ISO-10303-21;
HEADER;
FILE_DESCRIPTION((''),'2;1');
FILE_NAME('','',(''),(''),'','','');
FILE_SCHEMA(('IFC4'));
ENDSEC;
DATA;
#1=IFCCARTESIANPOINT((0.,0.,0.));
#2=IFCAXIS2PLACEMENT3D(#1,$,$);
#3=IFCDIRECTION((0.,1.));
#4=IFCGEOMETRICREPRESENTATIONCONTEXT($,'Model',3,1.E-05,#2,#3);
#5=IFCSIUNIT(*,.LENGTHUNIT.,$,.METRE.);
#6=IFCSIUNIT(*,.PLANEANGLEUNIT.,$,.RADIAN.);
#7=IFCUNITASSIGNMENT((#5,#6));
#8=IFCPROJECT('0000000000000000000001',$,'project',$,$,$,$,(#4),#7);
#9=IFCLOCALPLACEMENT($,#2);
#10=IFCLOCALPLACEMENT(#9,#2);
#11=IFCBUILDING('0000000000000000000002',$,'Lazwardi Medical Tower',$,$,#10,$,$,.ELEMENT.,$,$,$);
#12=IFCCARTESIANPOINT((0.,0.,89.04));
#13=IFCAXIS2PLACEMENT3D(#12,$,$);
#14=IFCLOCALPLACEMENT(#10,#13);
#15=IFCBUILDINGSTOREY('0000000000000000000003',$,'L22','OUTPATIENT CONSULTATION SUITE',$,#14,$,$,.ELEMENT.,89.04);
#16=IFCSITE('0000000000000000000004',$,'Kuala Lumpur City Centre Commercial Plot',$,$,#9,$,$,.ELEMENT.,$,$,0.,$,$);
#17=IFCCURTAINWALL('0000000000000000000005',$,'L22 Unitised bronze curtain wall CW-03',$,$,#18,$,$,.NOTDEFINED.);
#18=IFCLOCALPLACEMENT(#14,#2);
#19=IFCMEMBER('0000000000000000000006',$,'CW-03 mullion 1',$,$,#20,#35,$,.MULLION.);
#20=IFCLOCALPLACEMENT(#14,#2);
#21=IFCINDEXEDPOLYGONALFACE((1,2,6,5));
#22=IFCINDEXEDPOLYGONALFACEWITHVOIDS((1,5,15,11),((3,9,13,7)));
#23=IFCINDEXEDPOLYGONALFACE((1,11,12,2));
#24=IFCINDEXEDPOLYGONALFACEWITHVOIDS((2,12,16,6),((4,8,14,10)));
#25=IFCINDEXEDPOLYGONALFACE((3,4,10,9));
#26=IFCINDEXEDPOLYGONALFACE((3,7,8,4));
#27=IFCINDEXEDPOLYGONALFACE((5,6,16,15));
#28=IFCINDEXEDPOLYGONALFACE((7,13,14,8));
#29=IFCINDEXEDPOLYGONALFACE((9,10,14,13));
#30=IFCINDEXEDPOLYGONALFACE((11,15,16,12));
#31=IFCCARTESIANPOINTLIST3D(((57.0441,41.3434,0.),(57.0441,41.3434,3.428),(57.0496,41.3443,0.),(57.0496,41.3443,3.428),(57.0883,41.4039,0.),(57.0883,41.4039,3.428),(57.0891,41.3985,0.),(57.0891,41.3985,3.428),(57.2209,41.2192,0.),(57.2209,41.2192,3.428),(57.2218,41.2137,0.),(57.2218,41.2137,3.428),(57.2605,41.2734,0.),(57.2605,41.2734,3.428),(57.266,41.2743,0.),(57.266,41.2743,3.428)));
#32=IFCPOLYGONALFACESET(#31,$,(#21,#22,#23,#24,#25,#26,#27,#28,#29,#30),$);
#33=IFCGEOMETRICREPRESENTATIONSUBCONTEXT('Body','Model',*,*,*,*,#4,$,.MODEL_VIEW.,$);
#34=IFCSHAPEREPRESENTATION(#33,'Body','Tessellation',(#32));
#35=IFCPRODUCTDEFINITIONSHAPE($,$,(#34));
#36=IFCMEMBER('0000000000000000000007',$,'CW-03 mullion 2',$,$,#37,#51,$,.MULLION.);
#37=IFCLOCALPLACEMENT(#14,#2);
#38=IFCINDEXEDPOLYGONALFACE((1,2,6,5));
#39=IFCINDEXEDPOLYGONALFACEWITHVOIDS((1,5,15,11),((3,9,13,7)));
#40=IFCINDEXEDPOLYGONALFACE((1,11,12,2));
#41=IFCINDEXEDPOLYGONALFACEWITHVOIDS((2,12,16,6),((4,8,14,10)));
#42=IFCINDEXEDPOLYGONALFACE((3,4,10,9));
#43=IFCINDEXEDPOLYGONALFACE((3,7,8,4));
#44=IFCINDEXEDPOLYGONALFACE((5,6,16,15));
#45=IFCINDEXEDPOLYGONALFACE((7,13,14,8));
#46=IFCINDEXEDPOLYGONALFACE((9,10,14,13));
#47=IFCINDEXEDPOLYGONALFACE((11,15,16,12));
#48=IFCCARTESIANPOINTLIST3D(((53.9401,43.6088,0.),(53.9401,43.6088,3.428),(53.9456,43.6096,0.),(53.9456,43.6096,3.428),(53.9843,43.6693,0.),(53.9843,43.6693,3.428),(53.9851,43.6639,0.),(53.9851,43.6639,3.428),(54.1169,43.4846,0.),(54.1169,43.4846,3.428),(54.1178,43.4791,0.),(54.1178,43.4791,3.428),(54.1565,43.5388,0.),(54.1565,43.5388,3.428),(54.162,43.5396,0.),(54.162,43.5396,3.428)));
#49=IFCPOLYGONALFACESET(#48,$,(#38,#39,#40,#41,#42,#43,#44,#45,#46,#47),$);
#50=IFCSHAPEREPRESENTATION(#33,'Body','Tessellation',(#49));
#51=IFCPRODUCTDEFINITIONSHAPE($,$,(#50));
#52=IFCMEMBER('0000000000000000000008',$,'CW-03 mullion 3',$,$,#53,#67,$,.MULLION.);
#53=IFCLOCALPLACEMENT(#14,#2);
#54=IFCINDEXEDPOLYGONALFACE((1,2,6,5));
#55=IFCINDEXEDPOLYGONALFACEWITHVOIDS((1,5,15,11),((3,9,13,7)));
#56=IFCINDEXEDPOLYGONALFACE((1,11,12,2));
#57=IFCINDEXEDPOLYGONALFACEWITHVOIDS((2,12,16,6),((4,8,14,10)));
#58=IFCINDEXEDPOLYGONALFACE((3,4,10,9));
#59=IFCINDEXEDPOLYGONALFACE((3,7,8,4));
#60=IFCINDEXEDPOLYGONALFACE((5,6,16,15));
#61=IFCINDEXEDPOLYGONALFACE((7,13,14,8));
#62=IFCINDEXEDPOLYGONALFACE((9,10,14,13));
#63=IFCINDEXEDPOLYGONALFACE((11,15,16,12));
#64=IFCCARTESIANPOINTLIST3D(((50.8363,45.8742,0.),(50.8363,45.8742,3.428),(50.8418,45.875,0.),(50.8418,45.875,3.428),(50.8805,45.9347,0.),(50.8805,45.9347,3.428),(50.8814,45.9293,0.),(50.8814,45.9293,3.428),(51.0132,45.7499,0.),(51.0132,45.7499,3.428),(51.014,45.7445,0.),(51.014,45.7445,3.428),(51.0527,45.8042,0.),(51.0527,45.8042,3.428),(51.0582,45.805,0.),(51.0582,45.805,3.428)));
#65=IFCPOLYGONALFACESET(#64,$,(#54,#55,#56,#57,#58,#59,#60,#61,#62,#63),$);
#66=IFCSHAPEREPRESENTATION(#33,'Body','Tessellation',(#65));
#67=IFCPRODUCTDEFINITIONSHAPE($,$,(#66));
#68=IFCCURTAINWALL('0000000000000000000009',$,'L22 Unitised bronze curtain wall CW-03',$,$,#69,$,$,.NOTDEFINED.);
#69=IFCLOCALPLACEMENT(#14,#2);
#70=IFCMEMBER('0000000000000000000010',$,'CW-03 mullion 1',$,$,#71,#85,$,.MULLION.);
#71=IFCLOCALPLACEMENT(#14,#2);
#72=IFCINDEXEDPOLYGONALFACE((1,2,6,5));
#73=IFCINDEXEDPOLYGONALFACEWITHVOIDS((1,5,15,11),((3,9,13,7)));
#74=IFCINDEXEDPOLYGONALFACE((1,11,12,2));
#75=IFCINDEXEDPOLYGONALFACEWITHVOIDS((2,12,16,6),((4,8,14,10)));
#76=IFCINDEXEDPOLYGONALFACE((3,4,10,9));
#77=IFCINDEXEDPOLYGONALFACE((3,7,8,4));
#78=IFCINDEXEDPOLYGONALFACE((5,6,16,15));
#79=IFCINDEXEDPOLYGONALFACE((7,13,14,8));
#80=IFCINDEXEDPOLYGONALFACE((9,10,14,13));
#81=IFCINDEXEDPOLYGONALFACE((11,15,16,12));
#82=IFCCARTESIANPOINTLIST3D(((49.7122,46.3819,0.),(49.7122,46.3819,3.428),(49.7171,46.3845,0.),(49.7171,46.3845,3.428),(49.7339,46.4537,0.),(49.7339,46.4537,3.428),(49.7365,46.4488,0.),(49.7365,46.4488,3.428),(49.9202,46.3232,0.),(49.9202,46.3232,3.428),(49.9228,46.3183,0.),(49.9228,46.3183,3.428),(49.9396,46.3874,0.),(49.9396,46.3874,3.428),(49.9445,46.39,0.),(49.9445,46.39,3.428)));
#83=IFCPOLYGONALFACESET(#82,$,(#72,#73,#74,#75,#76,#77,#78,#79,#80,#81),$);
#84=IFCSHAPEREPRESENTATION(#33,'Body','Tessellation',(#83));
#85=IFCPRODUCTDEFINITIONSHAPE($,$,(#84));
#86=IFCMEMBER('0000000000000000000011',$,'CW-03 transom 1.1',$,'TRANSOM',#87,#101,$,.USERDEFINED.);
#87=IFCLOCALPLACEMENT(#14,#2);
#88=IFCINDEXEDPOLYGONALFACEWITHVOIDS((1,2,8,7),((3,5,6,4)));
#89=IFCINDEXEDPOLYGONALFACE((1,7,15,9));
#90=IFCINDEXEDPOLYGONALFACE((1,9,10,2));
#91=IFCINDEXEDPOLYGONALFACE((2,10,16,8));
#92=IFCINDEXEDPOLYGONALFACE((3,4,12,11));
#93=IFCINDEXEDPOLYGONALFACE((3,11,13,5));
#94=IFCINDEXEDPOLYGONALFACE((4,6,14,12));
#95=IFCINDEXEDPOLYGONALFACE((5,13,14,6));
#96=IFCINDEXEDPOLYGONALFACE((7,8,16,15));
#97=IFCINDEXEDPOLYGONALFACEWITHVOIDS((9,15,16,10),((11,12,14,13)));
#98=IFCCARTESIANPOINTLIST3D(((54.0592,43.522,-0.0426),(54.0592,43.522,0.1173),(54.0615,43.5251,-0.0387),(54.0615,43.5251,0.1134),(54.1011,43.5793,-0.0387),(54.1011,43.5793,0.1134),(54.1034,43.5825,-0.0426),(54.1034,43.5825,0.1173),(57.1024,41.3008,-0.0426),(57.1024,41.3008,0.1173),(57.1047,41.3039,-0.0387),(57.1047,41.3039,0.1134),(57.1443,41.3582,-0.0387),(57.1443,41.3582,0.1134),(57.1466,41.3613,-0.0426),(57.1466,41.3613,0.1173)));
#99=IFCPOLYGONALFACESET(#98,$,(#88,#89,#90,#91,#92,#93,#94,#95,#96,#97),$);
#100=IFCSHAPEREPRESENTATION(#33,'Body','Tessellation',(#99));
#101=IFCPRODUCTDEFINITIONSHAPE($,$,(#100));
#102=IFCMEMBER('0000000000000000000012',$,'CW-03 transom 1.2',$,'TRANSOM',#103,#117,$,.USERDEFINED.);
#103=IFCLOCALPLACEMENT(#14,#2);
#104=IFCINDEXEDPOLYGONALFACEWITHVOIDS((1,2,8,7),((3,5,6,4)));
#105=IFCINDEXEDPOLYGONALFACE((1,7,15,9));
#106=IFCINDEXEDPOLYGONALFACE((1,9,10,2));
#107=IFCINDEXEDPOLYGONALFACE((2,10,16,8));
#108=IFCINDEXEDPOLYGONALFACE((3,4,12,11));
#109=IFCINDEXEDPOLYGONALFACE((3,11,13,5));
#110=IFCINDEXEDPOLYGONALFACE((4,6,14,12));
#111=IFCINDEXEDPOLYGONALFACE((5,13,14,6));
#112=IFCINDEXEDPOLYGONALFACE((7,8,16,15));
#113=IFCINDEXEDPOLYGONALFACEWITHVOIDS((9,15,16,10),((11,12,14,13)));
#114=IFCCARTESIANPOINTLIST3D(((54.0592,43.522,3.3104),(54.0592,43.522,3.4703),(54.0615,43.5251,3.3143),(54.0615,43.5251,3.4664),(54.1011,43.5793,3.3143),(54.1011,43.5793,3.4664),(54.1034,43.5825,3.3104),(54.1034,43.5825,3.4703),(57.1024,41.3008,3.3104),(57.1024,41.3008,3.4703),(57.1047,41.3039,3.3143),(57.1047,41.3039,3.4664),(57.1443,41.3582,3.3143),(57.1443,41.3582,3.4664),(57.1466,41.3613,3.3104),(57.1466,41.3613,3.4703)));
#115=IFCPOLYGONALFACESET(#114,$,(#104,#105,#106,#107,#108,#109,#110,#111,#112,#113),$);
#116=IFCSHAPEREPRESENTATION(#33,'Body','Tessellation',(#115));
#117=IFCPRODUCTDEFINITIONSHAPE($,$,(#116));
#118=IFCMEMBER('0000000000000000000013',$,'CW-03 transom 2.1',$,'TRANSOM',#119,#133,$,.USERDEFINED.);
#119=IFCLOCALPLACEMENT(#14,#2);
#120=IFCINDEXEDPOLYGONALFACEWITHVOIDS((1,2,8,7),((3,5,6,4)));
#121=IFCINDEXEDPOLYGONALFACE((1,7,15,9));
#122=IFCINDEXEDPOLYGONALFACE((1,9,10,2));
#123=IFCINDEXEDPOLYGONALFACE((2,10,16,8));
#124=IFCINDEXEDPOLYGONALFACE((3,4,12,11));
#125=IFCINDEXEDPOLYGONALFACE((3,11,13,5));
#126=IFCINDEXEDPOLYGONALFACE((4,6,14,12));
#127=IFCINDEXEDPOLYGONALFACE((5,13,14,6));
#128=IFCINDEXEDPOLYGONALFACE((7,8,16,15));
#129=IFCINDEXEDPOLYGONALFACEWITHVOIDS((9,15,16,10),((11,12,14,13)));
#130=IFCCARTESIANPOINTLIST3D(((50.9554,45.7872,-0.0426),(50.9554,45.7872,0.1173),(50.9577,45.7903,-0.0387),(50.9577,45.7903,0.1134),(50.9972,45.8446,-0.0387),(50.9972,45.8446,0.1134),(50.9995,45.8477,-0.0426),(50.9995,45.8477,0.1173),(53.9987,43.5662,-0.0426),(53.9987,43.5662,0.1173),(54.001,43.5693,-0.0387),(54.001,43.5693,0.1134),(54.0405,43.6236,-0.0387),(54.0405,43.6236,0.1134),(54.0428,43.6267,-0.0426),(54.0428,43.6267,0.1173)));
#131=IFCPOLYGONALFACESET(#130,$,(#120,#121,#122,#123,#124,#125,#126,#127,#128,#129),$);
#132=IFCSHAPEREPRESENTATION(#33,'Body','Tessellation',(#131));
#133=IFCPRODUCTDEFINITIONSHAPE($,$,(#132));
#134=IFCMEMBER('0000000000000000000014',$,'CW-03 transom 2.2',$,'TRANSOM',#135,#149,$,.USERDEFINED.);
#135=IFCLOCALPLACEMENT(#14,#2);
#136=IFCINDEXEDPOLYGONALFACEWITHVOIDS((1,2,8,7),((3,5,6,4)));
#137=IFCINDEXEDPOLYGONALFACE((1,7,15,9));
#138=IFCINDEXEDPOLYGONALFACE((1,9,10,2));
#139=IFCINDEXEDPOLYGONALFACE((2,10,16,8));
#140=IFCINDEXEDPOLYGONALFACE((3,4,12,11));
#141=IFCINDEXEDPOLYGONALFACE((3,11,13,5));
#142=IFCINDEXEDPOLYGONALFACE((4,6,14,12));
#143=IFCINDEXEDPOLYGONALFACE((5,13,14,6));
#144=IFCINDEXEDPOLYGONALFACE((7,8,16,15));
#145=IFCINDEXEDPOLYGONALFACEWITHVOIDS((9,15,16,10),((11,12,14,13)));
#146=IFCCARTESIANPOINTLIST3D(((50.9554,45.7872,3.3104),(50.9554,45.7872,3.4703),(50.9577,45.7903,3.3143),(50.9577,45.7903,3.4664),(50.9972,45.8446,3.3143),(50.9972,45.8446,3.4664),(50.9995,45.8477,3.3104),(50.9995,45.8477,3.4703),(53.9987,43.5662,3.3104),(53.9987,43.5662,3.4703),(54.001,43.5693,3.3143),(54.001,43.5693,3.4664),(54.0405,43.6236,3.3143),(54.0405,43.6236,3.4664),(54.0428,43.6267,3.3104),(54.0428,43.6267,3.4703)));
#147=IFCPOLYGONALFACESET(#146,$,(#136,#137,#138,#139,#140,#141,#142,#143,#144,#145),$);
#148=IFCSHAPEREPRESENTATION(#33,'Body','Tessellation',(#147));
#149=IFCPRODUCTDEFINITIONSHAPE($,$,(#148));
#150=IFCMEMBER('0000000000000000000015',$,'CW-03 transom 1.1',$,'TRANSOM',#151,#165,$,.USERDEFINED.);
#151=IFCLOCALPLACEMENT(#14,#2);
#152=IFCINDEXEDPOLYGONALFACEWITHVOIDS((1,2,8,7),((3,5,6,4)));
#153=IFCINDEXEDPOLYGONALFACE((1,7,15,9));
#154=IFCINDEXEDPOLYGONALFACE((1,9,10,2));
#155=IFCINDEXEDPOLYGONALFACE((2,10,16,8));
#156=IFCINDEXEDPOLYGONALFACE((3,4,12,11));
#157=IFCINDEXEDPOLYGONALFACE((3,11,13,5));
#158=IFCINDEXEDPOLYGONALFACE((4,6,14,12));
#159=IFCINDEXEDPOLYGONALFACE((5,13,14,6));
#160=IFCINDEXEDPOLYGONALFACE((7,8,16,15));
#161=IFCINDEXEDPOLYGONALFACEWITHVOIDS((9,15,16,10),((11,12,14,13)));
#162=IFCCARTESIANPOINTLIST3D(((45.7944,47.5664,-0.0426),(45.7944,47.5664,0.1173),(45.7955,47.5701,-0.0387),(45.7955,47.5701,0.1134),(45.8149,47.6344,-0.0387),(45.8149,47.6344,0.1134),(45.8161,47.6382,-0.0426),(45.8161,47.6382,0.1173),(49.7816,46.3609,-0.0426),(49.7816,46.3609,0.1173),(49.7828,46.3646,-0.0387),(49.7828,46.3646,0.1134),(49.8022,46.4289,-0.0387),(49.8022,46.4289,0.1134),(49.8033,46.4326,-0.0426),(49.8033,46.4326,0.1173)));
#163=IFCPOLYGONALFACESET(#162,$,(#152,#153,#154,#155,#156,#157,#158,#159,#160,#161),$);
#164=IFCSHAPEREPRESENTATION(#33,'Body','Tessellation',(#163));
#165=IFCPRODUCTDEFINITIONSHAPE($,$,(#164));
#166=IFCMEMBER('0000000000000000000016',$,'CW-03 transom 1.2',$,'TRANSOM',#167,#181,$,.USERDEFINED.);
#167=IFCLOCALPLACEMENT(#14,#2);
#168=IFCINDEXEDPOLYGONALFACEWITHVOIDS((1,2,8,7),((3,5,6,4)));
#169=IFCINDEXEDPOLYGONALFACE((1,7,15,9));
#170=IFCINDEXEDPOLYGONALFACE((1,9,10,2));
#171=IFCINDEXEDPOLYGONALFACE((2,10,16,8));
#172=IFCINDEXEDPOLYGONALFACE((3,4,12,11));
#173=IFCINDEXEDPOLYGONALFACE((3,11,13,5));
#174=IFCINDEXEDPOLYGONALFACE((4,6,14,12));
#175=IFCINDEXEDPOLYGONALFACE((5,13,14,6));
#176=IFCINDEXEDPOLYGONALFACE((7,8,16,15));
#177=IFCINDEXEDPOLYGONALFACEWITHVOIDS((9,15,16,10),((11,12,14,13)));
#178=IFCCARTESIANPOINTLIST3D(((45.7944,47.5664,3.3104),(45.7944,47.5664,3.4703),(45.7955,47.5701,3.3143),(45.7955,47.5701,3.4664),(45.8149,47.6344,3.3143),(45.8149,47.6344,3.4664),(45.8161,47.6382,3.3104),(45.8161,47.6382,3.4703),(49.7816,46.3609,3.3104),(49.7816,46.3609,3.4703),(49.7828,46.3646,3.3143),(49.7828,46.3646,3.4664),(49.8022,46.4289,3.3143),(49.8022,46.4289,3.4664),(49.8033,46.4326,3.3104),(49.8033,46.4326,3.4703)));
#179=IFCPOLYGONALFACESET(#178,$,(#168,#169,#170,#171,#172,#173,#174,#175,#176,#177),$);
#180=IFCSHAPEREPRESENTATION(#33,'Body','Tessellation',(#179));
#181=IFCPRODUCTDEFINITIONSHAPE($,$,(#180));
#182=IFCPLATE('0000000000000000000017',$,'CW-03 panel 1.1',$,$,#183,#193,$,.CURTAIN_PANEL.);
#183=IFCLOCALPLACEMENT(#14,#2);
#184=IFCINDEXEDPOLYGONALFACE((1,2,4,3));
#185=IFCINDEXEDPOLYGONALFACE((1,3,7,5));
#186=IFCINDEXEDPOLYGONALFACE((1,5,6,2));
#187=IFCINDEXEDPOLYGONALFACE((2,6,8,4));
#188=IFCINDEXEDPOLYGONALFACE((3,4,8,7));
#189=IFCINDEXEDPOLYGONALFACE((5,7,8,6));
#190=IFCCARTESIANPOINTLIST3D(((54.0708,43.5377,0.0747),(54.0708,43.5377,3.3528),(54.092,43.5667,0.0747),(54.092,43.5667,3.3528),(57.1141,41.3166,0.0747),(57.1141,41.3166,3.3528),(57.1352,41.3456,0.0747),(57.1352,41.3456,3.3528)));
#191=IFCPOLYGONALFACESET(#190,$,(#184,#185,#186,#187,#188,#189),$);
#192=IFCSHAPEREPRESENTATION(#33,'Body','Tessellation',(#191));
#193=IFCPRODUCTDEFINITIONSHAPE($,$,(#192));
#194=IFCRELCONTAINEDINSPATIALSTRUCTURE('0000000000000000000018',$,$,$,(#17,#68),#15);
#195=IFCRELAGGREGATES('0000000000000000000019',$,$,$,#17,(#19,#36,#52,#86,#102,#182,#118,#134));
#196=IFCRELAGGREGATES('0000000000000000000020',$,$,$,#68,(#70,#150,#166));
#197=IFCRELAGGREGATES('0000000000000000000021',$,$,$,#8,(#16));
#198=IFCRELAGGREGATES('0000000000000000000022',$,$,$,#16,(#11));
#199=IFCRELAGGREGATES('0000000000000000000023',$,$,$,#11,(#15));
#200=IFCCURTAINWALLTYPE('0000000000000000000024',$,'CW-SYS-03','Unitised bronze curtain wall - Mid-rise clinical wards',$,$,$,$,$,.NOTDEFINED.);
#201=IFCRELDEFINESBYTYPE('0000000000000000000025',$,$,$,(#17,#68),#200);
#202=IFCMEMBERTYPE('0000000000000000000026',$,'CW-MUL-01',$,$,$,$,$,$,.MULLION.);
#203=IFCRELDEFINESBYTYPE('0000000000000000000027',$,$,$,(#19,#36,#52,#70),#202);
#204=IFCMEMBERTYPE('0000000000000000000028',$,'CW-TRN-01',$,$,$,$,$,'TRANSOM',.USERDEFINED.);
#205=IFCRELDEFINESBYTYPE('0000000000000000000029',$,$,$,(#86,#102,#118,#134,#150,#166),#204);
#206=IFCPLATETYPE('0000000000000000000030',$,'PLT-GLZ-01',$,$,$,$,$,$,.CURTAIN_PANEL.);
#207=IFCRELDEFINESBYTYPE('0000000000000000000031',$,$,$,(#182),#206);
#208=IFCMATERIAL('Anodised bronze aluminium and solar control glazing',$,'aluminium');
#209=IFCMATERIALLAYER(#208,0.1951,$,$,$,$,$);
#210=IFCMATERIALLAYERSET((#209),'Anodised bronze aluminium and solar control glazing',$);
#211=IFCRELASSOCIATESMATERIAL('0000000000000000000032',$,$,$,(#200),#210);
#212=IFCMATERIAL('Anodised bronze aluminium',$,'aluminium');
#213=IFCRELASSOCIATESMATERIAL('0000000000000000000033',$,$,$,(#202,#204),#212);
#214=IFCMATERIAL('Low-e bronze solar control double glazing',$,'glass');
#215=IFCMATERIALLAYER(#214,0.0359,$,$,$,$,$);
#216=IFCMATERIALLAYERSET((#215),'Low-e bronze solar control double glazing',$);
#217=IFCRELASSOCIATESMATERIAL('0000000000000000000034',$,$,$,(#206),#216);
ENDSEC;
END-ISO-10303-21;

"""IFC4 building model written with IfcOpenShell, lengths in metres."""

from ifc_helpers import new_model, si_unit, direction, frame, origin, origin_2d, place, context, subcontext, project, spatial, rectangle, hollow_rectangle, extrude, material, layer, layer_set, material_profile, profile_set, type_object, element, aggregate, save


model = new_model("IFC4")

# Units and contexts
model_context = context("Model", 3, precision=1e-05, world=origin(), true_north=direction((0.0, 1.0)))
body_context = subcontext(model_context, "Body", "Model", "MODEL_VIEW")
ifc_project = project(units=[si_unit("LENGTHUNIT", "METRE"), si_unit("PLANEANGLEUNIT", "RADIAN")], contexts=[model_context])

# Site, building, storey
site_placement = place(None, origin())
site = spatial("IfcSite", under=ifc_project, at=site_placement, Name="Kuala Lumpur City Centre Commercial Plot", CompositionType="ELEMENT", RefElevation=0.0)
building_placement = place(site_placement, origin())
building = spatial("IfcBuilding", under=site, at=building_placement, Name="Lazwardi Medical Tower", CompositionType="ELEMENT")
storey_placement = place(building_placement, frame((0.0, 0.0, 89.04)))
storey = spatial("IfcBuildingStorey", under=building, at=storey_placement, Name="L22", Description="OUTPATIENT CONSULTATION SUITE", CompositionType="ELEMENT", Elevation=89.04)

# Shared definitions
ifc_material_1 = material(Name="Anodised bronze aluminium and solar control glazing", Category="aluminium")
ifc_layer_1 = layer(ifc_material_1, 0.1951)
ifc_layer_set_1 = layer_set([ifc_layer_1], Name="Anodised bronze aluminium and solar control glazing")
curtain_wall_type = type_object("IfcCurtainWallType", Name="CW-SYS-03", Description="Unitised bronze curtain wall - Mid-rise clinical wards", PredefinedType="NOTDEFINED", material=ifc_layer_set_1)
ifc_material_2 = material(Name="Anodised bronze aluminium", Category="aluminium")
ifc_material_profile_1 = material_profile(ifc_material_2, hollow_rectangle(XDim=0.075, YDim=0.22, WallThickness=0.0039, at=origin_2d()), Name="ALU-MULLION 220x75x4")
ifc_profile_set_1 = profile_set([ifc_material_profile_1], Name="Anodised bronze aluminium")
member_type_1 = type_object("IfcMemberType", Name="CW-MUL-01", PredefinedType="MULLION", material=ifc_profile_set_1)

# Curtain wall, members
curtain_wall_1_placement = place(storey_placement, origin())
curtain_wall_1 = element("IfcCurtainWall", 1, at=curtain_wall_1_placement, inside=storey, type_object=curtain_wall_type, Name="L22 Unitised bronze curtain wall CW-03", PredefinedType="NOTDEFINED")
member_1_placement = place(storey_placement, frame((57.155, 41.3088, 0.0), z_axis=(0.0, 0.0, 1.0), x_axis=(-0.589531, -0.807746, 0.0)))
member_1 = element("IfcMember", 2, at=member_1_placement, type_object=member_type_1, Name="CW-03 mullion 1", PredefinedType="MULLION", context=body_context, shape_type="SweptSolid", body=[
    extrude(hollow_rectangle(XDim=0.075, YDim=0.22, WallThickness=0.0039, at=origin_2d()), origin(), (0.0, 0.0, 1.0), 3.428),
])
member_2_placement = place(storey_placement, frame((54.051, 43.5742, 0.0), z_axis=(0.0, 0.0, 1.0), x_axis=(-0.589531, -0.807746, 0.0)))
member_2 = element("IfcMember", 3, at=member_2_placement, type_object=member_type_1, Name="CW-03 mullion 2", PredefinedType="MULLION", context=body_context, shape_type="SweptSolid", body=[
    extrude(hollow_rectangle(XDim=0.075, YDim=0.22, WallThickness=0.0039, at=origin_2d()), origin(), (0.0, 0.0, 1.0), 3.428),
])
member_3_placement = place(storey_placement, frame((50.9473, 45.8396, 0.0), z_axis=(0.0, 0.0, 1.0), x_axis=(-0.589531, -0.807746, 0.0)))
member_3 = element("IfcMember", 4, at=member_3_placement, type_object=member_type_1, Name="CW-03 mullion 3", PredefinedType="MULLION", context=body_context, shape_type="SweptSolid", body=[
    extrude(hollow_rectangle(XDim=0.075, YDim=0.22, WallThickness=0.0039, at=origin_2d()), origin(), (0.0, 0.0, 1.0), 3.428),
])

# Curtain wall, member
curtain_wall_2_placement = place(storey_placement, origin())
curtain_wall_2 = element("IfcCurtainWall", 5, at=curtain_wall_2_placement, inside=storey, type_object=curtain_wall_type, Name="L22 Unitised bronze curtain wall CW-03", PredefinedType="NOTDEFINED")
member_4_placement = place(storey_placement, frame((49.8284, 46.386, 0.0), z_axis=(0.0, 0.0, 1.0), x_axis=(-0.289374, -0.957216, 0.0)))
member_4 = element("IfcMember", 6, at=member_4_placement, type_object=member_type_1, Name="CW-03 mullion 1", PredefinedType="MULLION", context=body_context, shape_type="SweptSolid", body=[
    extrude(hollow_rectangle(XDim=0.075, YDim=0.22, WallThickness=0.0039, at=origin_2d()), origin(), (0.0, 0.0, 1.0), 3.428),
])

# Members
ifc_material_profile_2 = material_profile(ifc_material_2, hollow_rectangle(XDim=0.075, YDim=0.1599, WallThickness=0.0039, at=origin_2d()), Name="ALU-TRANSOM 160x75x4")
ifc_profile_set_2 = profile_set([ifc_material_profile_2], Name="Anodised bronze aluminium")
member_type_2 = type_object("IfcMemberType", Name="CW-TRN-01", ElementType="TRANSOM", PredefinedType="USERDEFINED", material=ifc_profile_set_2)
member_5_placement = place(storey_placement, frame((57.1245, 41.3311, 0.0374), z_axis=(-0.807732, 0.58955, 0.0), x_axis=(-0.58955, -0.807732, 0.0)))
member_5 = element("IfcMember", 7, at=member_5_placement, type_object=member_type_2, Name="CW-03 transom 1.1", ObjectType="TRANSOM", PredefinedType="USERDEFINED", context=body_context, shape_type="SweptSolid", body=[
    extrude(hollow_rectangle(XDim=0.075, YDim=0.1599, WallThickness=0.0039, at=origin_2d()), origin(), (0.0, 0.0, 1.0), 3.7676),
])
member_6_placement = place(storey_placement, frame((57.1245, 41.3311, 3.3904), z_axis=(-0.807732, 0.58955, 0.0), x_axis=(-0.58955, -0.807732, 0.0)))
member_6 = element("IfcMember", 8, at=member_6_placement, type_object=member_type_2, Name="CW-03 transom 1.2", ObjectType="TRANSOM", PredefinedType="USERDEFINED", context=body_context, shape_type="SweptSolid", body=[
    extrude(hollow_rectangle(XDim=0.075, YDim=0.1599, WallThickness=0.0039, at=origin_2d()), origin(), (0.0, 0.0, 1.0), 3.7676),
])
member_7_placement = place(storey_placement, frame((54.0208, 43.5964, 0.0374), z_axis=(-0.807763, 0.589508, 0.0), x_axis=(-0.589508, -0.807763, 0.0)))
member_7 = element("IfcMember", 9, at=member_7_placement, type_object=member_type_2, Name="CW-03 transom 2.1", ObjectType="TRANSOM", PredefinedType="USERDEFINED", context=body_context, shape_type="SweptSolid", body=[
    extrude(hollow_rectangle(XDim=0.075, YDim=0.1599, WallThickness=0.0039, at=origin_2d()), origin(), (0.0, 0.0, 1.0), 3.7676),
])
member_8_placement = place(storey_placement, frame((54.0208, 43.5964, 3.3904), z_axis=(-0.807763, 0.589508, 0.0), x_axis=(-0.589508, -0.807763, 0.0)))
member_8 = element("IfcMember", 10, at=member_8_placement, type_object=member_type_2, Name="CW-03 transom 2.2", ObjectType="TRANSOM", PredefinedType="USERDEFINED", context=body_context, shape_type="SweptSolid", body=[
    extrude(hollow_rectangle(XDim=0.075, YDim=0.1599, WallThickness=0.0039, at=origin_2d()), origin(), (0.0, 0.0, 1.0), 3.7676),
])
member_9_placement = place(storey_placement, frame((49.7925, 46.3967, 0.0374), z_axis=(-0.957205, 0.289412, 0.0), x_axis=(-0.289412, -0.957205, 0.0)))
member_9 = element("IfcMember", 11, at=member_9_placement, type_object=member_type_2, Name="CW-03 transom 1.1", ObjectType="TRANSOM", PredefinedType="USERDEFINED", context=body_context, shape_type="SweptSolid", body=[
    extrude(hollow_rectangle(XDim=0.075, YDim=0.1599, WallThickness=0.0039, at=origin_2d()), origin(), (0.0, 0.0, 1.0), 4.1655),
])
member_10_placement = place(storey_placement, frame((49.7925, 46.3967, 3.3904), z_axis=(-0.957205, 0.289412, 0.0), x_axis=(-0.289412, -0.957205, 0.0)))
member_10 = element("IfcMember", 12, at=member_10_placement, type_object=member_type_2, Name="CW-03 transom 1.2", ObjectType="TRANSOM", PredefinedType="USERDEFINED", context=body_context, shape_type="SweptSolid", body=[
    extrude(hollow_rectangle(XDim=0.075, YDim=0.1599, WallThickness=0.0039, at=origin_2d()), origin(), (0.0, 0.0, 1.0), 4.1655),
])

# Plate
ifc_material_3 = material(Name="Low-e bronze solar control double glazing", Category="glass")
ifc_layer_2 = layer(ifc_material_3, 0.0359)
ifc_layer_set_2 = layer_set([ifc_layer_2], Name="Low-e bronze solar control double glazing")
plate_type = type_object("IfcPlateType", Name="PLT-GLZ-01", PredefinedType="CURTAIN_PANEL", material=ifc_layer_set_2)
plate_1_placement = place(storey_placement, frame((55.603, 42.4417, 0.0747), z_axis=(0.0, 0.0, 1.0), x_axis=(-0.807746, 0.589531, 0.0)))
plate_1 = element("IfcPlate", 13, at=plate_1_placement, type_object=plate_type, Name="CW-03 panel 1.1", PredefinedType="CURTAIN_PANEL", context=body_context, shape_type="SweptSolid", body=[
    extrude(rectangle(XDim=3.7676, YDim=0.0359, at=origin_2d()), origin(), (0.0, 0.0, 1.0), 3.2781),
])
aggregate(curtain_wall_1, [member_1, member_2, member_3, member_5, member_6, plate_1, member_7, member_8])
aggregate(curtain_wall_2, [member_4, member_9, member_10])

save(model, "model.ifc")
